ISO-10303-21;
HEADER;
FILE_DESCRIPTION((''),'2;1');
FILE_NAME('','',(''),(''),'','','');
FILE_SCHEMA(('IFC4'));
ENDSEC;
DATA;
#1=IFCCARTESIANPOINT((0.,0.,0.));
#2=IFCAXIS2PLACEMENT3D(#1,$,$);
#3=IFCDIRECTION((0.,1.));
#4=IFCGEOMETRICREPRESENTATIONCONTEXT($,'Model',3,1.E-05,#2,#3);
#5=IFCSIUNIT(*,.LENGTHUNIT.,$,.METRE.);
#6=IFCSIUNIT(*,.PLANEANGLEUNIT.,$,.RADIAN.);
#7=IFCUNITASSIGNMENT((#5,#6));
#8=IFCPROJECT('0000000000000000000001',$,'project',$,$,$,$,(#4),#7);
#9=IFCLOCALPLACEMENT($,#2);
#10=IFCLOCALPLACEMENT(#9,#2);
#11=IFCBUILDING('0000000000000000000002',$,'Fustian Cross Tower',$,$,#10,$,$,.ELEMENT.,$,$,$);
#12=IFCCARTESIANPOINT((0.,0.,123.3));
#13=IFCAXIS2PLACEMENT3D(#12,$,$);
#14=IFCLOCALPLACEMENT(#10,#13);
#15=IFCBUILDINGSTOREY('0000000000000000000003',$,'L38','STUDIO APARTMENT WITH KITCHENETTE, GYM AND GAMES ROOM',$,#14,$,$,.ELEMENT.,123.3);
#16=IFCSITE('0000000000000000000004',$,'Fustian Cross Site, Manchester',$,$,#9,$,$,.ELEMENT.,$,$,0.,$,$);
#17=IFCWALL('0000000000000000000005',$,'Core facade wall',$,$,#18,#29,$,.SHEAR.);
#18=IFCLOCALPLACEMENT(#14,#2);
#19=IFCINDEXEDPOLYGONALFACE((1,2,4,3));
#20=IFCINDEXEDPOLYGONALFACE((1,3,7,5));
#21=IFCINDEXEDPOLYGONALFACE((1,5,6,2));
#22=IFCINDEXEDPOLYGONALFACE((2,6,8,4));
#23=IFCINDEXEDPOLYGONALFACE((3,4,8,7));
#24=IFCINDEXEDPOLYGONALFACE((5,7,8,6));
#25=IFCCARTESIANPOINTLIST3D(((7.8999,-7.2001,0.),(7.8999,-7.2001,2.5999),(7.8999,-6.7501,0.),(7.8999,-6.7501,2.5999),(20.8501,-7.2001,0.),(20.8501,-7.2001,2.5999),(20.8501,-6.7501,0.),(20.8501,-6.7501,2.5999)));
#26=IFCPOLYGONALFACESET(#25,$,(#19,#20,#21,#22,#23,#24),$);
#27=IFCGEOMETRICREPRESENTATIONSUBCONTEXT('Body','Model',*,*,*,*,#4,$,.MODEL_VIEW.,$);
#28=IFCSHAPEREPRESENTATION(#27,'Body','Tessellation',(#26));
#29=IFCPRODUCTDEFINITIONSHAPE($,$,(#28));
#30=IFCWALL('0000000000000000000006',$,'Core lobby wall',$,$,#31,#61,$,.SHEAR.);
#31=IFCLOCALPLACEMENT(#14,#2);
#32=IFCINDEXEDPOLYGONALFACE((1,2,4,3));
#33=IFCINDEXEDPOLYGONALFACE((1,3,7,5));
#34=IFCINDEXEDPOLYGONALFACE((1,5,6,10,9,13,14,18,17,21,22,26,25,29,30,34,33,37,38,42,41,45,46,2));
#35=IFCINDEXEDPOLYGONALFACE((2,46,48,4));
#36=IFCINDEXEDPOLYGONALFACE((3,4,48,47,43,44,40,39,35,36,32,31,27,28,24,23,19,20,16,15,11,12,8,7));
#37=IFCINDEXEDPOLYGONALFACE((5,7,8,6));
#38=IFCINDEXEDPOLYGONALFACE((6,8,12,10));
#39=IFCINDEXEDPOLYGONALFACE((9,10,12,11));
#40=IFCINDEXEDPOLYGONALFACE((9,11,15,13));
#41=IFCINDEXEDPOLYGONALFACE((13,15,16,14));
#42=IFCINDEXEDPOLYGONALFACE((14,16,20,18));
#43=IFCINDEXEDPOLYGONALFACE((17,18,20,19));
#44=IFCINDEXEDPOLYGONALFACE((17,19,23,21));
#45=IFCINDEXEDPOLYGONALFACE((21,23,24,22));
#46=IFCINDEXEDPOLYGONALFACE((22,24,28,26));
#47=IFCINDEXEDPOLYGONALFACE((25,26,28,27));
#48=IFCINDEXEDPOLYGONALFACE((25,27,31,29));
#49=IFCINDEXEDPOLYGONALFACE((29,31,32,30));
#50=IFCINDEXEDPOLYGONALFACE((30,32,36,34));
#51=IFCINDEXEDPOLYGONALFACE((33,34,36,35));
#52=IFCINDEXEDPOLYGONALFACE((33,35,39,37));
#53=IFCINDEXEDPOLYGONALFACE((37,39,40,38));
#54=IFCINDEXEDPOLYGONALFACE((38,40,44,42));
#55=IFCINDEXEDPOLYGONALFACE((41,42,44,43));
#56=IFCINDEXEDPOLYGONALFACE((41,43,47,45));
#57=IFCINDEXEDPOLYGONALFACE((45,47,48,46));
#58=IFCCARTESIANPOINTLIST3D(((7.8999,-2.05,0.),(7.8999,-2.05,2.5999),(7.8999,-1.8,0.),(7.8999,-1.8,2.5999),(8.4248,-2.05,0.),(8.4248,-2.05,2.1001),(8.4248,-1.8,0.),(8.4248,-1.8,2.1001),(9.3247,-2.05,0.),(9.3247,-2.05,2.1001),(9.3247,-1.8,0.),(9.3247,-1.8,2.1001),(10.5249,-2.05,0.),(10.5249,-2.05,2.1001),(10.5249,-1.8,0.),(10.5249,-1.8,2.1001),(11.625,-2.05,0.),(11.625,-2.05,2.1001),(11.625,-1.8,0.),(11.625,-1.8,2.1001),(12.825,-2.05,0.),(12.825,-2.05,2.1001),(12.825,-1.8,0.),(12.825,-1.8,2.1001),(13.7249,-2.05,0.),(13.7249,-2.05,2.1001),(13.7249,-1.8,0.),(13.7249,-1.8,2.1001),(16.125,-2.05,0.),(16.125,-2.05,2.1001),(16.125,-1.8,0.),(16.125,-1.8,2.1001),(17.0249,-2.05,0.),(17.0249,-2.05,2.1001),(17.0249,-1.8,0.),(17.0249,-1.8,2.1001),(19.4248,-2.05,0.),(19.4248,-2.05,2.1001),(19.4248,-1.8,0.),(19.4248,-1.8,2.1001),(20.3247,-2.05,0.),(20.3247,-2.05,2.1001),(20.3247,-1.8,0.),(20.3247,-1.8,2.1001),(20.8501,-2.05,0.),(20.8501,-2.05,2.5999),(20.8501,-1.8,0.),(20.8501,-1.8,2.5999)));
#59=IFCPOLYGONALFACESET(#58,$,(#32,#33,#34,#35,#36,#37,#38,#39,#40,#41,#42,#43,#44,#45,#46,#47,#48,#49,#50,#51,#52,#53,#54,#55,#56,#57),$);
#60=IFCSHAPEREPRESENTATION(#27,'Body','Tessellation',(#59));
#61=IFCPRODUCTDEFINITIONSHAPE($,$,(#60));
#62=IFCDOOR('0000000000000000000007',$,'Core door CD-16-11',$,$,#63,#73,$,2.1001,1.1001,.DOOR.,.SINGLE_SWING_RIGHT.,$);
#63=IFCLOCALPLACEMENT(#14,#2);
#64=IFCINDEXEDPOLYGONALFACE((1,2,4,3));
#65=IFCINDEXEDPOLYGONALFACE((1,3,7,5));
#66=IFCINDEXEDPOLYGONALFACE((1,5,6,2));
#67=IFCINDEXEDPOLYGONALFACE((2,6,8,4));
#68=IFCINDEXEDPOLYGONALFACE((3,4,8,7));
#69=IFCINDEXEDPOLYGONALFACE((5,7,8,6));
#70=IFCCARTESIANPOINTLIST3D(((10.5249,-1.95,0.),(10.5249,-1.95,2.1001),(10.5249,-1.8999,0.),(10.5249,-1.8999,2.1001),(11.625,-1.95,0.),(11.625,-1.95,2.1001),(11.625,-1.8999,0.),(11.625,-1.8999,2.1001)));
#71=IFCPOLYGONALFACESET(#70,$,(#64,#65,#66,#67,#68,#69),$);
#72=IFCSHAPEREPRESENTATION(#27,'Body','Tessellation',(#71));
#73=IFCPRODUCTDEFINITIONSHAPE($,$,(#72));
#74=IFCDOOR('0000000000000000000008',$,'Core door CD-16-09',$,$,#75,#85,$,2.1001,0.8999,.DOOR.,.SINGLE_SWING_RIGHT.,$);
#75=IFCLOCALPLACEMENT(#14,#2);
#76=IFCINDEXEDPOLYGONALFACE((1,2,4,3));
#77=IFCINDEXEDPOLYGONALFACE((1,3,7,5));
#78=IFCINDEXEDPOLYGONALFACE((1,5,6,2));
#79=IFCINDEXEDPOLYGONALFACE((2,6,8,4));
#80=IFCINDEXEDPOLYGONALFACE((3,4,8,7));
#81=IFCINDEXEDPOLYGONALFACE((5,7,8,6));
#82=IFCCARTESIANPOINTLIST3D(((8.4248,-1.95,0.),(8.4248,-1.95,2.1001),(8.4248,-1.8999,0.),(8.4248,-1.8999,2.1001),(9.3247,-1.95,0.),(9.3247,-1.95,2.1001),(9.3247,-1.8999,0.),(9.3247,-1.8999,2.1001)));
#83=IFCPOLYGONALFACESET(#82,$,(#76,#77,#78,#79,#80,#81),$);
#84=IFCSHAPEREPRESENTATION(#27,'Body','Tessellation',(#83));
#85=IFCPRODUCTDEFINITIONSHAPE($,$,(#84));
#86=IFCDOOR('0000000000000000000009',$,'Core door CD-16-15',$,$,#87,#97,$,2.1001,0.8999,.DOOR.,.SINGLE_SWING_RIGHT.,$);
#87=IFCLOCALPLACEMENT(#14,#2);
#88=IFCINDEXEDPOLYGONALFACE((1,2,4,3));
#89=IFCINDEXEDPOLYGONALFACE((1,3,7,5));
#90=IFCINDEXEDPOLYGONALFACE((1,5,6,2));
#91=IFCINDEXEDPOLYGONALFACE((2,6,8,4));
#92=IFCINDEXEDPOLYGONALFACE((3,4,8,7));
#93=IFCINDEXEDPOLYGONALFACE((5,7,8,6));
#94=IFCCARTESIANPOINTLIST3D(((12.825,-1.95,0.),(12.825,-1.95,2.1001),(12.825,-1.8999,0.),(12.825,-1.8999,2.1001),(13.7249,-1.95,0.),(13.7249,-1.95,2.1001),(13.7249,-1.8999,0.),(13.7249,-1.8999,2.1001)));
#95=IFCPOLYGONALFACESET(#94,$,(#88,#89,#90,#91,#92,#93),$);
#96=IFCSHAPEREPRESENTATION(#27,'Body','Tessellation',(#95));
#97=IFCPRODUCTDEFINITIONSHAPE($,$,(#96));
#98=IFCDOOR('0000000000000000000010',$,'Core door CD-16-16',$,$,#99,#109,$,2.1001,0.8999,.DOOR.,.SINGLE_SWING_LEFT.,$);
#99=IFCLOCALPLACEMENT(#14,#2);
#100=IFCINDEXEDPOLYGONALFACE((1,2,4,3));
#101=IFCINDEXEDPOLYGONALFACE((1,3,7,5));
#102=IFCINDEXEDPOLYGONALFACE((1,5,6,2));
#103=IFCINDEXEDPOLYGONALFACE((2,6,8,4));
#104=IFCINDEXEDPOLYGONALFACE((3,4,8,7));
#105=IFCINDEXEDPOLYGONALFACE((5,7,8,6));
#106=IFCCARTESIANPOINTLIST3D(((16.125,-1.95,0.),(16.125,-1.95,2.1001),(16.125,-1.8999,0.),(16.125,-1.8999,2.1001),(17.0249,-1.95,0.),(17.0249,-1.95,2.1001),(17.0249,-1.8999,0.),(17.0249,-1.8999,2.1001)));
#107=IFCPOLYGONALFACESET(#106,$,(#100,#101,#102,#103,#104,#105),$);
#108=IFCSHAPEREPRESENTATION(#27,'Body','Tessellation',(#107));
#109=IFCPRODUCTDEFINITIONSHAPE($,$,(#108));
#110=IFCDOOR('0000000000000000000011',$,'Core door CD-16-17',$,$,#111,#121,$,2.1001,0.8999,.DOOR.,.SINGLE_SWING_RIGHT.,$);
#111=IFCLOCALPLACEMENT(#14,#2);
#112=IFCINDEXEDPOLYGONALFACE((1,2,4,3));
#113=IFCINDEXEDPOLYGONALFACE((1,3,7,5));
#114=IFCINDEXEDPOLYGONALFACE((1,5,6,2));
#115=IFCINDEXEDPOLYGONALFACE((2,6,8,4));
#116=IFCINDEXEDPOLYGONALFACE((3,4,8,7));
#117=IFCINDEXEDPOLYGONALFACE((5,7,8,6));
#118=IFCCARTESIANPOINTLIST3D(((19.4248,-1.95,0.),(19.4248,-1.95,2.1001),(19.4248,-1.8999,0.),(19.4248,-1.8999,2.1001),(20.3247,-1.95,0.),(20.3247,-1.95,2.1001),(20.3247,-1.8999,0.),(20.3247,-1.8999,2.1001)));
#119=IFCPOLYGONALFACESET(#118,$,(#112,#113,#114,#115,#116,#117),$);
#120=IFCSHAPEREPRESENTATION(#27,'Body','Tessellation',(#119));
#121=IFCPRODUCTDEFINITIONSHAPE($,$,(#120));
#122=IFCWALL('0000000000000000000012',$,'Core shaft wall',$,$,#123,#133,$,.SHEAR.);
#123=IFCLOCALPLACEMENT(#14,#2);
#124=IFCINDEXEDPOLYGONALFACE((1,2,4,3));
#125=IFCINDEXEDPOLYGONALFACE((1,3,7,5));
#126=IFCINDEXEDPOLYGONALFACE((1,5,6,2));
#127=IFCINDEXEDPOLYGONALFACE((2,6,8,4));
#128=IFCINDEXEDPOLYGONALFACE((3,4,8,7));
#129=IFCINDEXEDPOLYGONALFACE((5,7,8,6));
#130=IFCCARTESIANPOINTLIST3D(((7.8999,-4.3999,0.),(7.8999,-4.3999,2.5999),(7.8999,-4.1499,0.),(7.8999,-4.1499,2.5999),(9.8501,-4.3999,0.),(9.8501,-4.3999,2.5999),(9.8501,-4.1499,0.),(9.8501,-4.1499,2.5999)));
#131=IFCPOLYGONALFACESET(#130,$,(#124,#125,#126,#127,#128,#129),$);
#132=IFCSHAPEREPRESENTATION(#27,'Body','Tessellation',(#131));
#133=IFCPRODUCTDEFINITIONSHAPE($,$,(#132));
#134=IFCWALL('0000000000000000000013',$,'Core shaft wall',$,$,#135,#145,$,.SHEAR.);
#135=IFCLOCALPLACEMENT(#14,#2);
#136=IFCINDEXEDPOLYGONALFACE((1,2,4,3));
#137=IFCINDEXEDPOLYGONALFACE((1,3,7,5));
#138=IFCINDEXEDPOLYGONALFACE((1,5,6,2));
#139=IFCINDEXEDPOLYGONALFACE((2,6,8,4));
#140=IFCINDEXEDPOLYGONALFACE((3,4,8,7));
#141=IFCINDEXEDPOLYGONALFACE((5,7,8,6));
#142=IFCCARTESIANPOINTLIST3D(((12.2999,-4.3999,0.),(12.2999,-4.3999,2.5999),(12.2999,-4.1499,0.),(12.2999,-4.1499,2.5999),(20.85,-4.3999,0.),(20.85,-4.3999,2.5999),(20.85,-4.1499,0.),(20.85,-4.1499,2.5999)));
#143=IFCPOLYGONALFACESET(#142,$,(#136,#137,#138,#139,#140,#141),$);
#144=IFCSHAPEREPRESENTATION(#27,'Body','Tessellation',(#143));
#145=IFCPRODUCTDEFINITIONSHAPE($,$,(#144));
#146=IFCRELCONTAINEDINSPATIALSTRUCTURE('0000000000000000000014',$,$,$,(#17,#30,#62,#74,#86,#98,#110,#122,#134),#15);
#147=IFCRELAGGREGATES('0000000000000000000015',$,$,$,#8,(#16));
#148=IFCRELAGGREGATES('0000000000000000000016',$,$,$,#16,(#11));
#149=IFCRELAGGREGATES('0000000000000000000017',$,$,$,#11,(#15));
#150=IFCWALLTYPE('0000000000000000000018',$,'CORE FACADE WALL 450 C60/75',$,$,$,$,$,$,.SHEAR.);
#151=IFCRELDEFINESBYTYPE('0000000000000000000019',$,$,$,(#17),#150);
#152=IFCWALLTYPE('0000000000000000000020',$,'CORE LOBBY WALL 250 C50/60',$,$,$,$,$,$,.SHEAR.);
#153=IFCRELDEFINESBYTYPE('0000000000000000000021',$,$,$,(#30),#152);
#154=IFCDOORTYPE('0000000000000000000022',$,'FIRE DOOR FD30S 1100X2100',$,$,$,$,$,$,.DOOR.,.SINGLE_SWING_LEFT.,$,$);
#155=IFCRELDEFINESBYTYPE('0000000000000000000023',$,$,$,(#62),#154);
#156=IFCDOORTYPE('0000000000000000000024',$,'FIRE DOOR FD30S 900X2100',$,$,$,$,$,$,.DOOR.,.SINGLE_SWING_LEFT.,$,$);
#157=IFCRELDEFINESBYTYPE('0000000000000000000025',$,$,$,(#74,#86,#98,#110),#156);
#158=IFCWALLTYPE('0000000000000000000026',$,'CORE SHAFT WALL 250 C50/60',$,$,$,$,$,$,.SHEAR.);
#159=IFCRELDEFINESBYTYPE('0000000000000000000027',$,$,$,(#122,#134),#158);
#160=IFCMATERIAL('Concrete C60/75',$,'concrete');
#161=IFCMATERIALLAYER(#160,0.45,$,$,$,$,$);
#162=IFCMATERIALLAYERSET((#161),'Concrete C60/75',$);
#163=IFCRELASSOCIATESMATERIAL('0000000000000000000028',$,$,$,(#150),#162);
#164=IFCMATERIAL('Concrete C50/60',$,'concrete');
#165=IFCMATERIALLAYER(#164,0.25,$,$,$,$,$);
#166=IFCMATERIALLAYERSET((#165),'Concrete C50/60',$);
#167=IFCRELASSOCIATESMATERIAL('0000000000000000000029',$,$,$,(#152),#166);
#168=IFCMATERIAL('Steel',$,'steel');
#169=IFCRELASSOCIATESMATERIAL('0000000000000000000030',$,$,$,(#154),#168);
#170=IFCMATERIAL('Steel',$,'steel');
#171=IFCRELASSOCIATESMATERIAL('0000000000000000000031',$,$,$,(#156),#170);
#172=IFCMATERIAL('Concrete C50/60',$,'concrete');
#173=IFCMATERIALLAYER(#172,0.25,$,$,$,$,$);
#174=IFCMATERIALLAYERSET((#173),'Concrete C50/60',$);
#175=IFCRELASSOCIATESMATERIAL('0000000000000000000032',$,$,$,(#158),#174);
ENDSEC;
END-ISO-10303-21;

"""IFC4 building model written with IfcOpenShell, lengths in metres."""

from ifc_helpers import new_model, si_unit, direction, frame, frame_2d, origin, place, context, subcontext, project, spatial, rectangle, extrude, material, layer, layer_set, type_object, element, fill, save


model = new_model("IFC4")

# Units and contexts
model_context = context("Model", 3, precision=1e-05, world=origin(), true_north=direction((0.0, 1.0)))
body_context = subcontext(model_context, "Body", "Model", "MODEL_VIEW")
ifc_project = project(units=[si_unit("LENGTHUNIT", "METRE"), si_unit("PLANEANGLEUNIT", "RADIAN")], contexts=[model_context])

# Site, building, storey
site_placement = place(None, origin())
site = spatial("IfcSite", under=ifc_project, at=site_placement, Name="Fustian Cross Site, Manchester", CompositionType="ELEMENT", RefElevation=0.0)
building_placement = place(site_placement, origin())
building = spatial("IfcBuilding", under=site, at=building_placement, Name="Fustian Cross Tower", CompositionType="ELEMENT")
storey_placement = place(building_placement, frame((0.0, 0.0, 123.3)))
storey = spatial("IfcBuildingStorey", under=building, at=storey_placement, Name="L38", Description="STUDIO APARTMENT WITH KITCHENETTE, GYM AND GAMES ROOM", CompositionType="ELEMENT", Elevation=123.3)

# Wall
ifc_material_1 = material(Name="Concrete C60/75", Category="concrete")
ifc_layer_1 = layer(ifc_material_1, 0.45)
ifc_layer_set_1 = layer_set([ifc_layer_1], Name="Concrete C60/75")
wall_type_1 = type_object("IfcWallType", Name="CORE FACADE WALL 450 C60/75", PredefinedType="SHEAR", material=ifc_layer_set_1)
wall_1_placement = place(storey_placement, frame((7.8999, -6.9751, 0.0), z_axis=(0.0, 0.0, 1.0), x_axis=(1.0, 0.0, 0.0)))
element("IfcWall", 1, at=wall_1_placement, inside=storey, type_object=wall_type_1, Name="Core facade wall", PredefinedType="SHEAR", context=body_context, shape_type="SweptSolid", body=[
    extrude(rectangle(XDim=12.9502, YDim=0.45, at=frame_2d((6.4751, 0.0))), origin(), (0.0, 0.0, 1.0), 2.5999),
])

# Wall, openings, doors
ifc_material_2 = material(Name="Concrete C50/60", Category="concrete")
ifc_layer_2 = layer(ifc_material_2, 0.25)
ifc_layer_set_2 = layer_set([ifc_layer_2], Name="Concrete C50/60")
wall_type_2 = type_object("IfcWallType", Name="CORE LOBBY WALL 250 C50/60", PredefinedType="SHEAR", material=ifc_layer_set_2)
wall_2_placement = place(storey_placement, frame((7.8999, -1.925, 0.0), z_axis=(0.0, 0.0, 1.0), x_axis=(1.0, 0.0, 0.0)))
wall_2 = element("IfcWall", 2, at=wall_2_placement, inside=storey, type_object=wall_type_2, Name="Core lobby wall", PredefinedType="SHEAR", context=body_context, shape_type="SweptSolid", body=[
    extrude(rectangle(XDim=12.9502, YDim=0.25, at=frame_2d((6.4751, 0.0))), origin(), (0.0, 0.0, 1.0), 2.5999),
])
opening_1_placement = place(wall_2_placement, frame((0.5249, 0.0, 0.0)))
opening_1 = element("IfcOpeningElement", 3, at=opening_1_placement, cuts=wall_2, PredefinedType="OPENING", context=body_context, shape_type="SweptSolid", body=[
    extrude(rectangle(XDim=0.8999, YDim=2.1001, at=frame_2d((0.45, 1.05))), frame((0.0, 0.135, 0.0), z_axis=(0.0, -1.0, 0.0), x_axis=(1.0, 0.0, 0.0)), (0.0, 0.0, 1.0), 0.27),
])
opening_2_placement = place(wall_2_placement, frame((2.625, 0.0, 0.0)))
opening_2 = element("IfcOpeningElement", 4, at=opening_2_placement, cuts=wall_2, PredefinedType="OPENING", context=body_context, shape_type="SweptSolid", body=[
    extrude(rectangle(XDim=1.1001, YDim=2.1001, at=frame_2d((0.55, 1.05))), frame((0.0, 0.135, 0.0), z_axis=(0.0, -1.0, 0.0), x_axis=(1.0, 0.0, 0.0)), (0.0, 0.0, 1.0), 0.27),
])
opening_3_placement = place(wall_2_placement, frame((4.925, 0.0, 0.0)))
opening_3 = element("IfcOpeningElement", 5, at=opening_3_placement, cuts=wall_2, PredefinedType="OPENING", context=body_context, shape_type="SweptSolid", body=[
    extrude(rectangle(XDim=0.8999, YDim=2.1001, at=frame_2d((0.45, 1.05))), frame((0.0, 0.135, 0.0), z_axis=(0.0, -1.0, 0.0), x_axis=(1.0, 0.0, 0.0)), (0.0, 0.0, 1.0), 0.27),
])
opening_4_placement = place(wall_2_placement, frame((8.2251, 0.0, 0.0)))
opening_4 = element("IfcOpeningElement", 6, at=opening_4_placement, cuts=wall_2, PredefinedType="OPENING", context=body_context, shape_type="SweptSolid", body=[
    extrude(rectangle(XDim=0.8999, YDim=2.1001, at=frame_2d((0.45, 1.05))), frame((0.0, 0.135, 0.0), z_axis=(0.0, -1.0, 0.0), x_axis=(1.0, 0.0, 0.0)), (0.0, 0.0, 1.0), 0.27),
])
opening_5_placement = place(wall_2_placement, frame((11.5249, 0.0, 0.0)))
opening_5 = element("IfcOpeningElement", 7, at=opening_5_placement, cuts=wall_2, PredefinedType="OPENING", context=body_context, shape_type="SweptSolid", body=[
    extrude(rectangle(XDim=0.8999, YDim=2.1001, at=frame_2d((0.45, 1.05))), frame((0.0, 0.135, 0.0), z_axis=(0.0, -1.0, 0.0), x_axis=(1.0, 0.0, 0.0)), (0.0, 0.0, 1.0), 0.27),
])
ifc_material_3 = material(Name="Steel", Category="steel")
door_type_1 = type_object("IfcDoorType", Name="FIRE DOOR FD30S 1100X2100", OperationType="SINGLE_SWING_LEFT", PredefinedType="DOOR", material=ifc_material_3)
door_1_placement = place(opening_2_placement, frame((1.1001, 0.0, 0.0), z_axis=(0.0, 0.0, 1.0), x_axis=(-1.0, 0.0, 0.0)))
door_1 = element("IfcDoor", 8, at=door_1_placement, inside=storey, type_object=door_type_1, Name="Core door CD-16-11", OperationType="SINGLE_SWING_RIGHT", OverallHeight=2.1001, OverallWidth=1.1001, PredefinedType="DOOR", context=body_context, shape_type="SweptSolid", body=[
    extrude(rectangle(XDim=1.1001, YDim=2.1001, at=frame_2d((0.55, 1.05))), frame((0.0, 0.0249, 0.0), z_axis=(0.0, -1.0, 0.0), x_axis=(1.0, 0.0, 0.0)), (0.0, 0.0, 1.0), 0.05),
])
fill(opening_2, door_1)
ifc_material_4 = material(Name="Steel", Category="steel")
door_type_2 = type_object("IfcDoorType", Name="FIRE DOOR FD30S 900X2100", OperationType="SINGLE_SWING_LEFT", PredefinedType="DOOR", material=ifc_material_4)
door_2_placement = place(opening_1_placement, frame((0.8999, 0.0, 0.0), z_axis=(0.0, 0.0, 1.0), x_axis=(-1.0, 0.0, 0.0)))
door_2 = element("IfcDoor", 9, at=door_2_placement, inside=storey, type_object=door_type_2, Name="Core door CD-16-09", OperationType="SINGLE_SWING_RIGHT", OverallHeight=2.1001, OverallWidth=0.8999, PredefinedType="DOOR", context=body_context, shape_type="SweptSolid", body=[
    extrude(rectangle(XDim=0.8999, YDim=2.1001, at=frame_2d((0.45, 1.05))), frame((0.0, 0.0249, 0.0), z_axis=(0.0, -1.0, 0.0), x_axis=(1.0, 0.0, 0.0)), (0.0, 0.0, 1.0), 0.05),
])
fill(opening_1, door_2)
door_3_placement = place(opening_3_placement, frame((0.8999, 0.0, 0.0), z_axis=(0.0, 0.0, 1.0), x_axis=(-1.0, 0.0, 0.0)))
door_3 = element("IfcDoor", 10, at=door_3_placement, inside=storey, type_object=door_type_2, Name="Core door CD-16-15", OperationType="SINGLE_SWING_RIGHT", OverallHeight=2.1001, OverallWidth=0.8999, PredefinedType="DOOR", context=body_context, shape_type="SweptSolid", body=[
    extrude(rectangle(XDim=0.8999, YDim=2.1001, at=frame_2d((0.45, 1.05))), frame((0.0, 0.0249, 0.0), z_axis=(0.0, -1.0, 0.0), x_axis=(1.0, 0.0, 0.0)), (0.0, 0.0, 1.0), 0.05),
])
fill(opening_3, door_3)
door_4_placement = place(opening_4_placement, frame((0.8999, 0.0, 0.0), z_axis=(0.0, 0.0, 1.0), x_axis=(-1.0, 0.0, 0.0)))
door_4 = element("IfcDoor", 11, at=door_4_placement, inside=storey, type_object=door_type_2, Name="Core door CD-16-16", OperationType="SINGLE_SWING_LEFT", OverallHeight=2.1001, OverallWidth=0.8999, PredefinedType="DOOR", context=body_context, shape_type="SweptSolid", body=[
    extrude(rectangle(XDim=0.8999, YDim=2.1001, at=frame_2d((0.45, 1.05))), frame((0.0, 0.0249, 0.0), z_axis=(0.0, -1.0, 0.0), x_axis=(1.0, 0.0, 0.0)), (0.0, 0.0, 1.0), 0.05),
])
fill(opening_4, door_4)
door_5_placement = place(opening_5_placement, frame((0.8999, 0.0, 0.0), z_axis=(0.0, 0.0, 1.0), x_axis=(-1.0, 0.0, 0.0)))
door_5 = element("IfcDoor", 12, at=door_5_placement, inside=storey, type_object=door_type_2, Name="Core door CD-16-17", OperationType="SINGLE_SWING_RIGHT", OverallHeight=2.1001, OverallWidth=0.8999, PredefinedType="DOOR", context=body_context, shape_type="SweptSolid", body=[
    extrude(rectangle(XDim=0.8999, YDim=2.1001, at=frame_2d((0.45, 1.05))), frame((0.0, 0.0249, 0.0), z_axis=(0.0, -1.0, 0.0), x_axis=(1.0, 0.0, 0.0)), (0.0, 0.0, 1.0), 0.05),
])
fill(opening_5, door_5)

# Walls
ifc_material_5 = material(Name="Concrete C50/60", Category="concrete")
ifc_layer_3 = layer(ifc_material_5, 0.25)
ifc_layer_set_3 = layer_set([ifc_layer_3], Name="Concrete C50/60")
wall_type_3 = type_object("IfcWallType", Name="CORE SHAFT WALL 250 C50/60", PredefinedType="SHEAR", material=ifc_layer_set_3)
wall_3_placement = place(storey_placement, frame((7.8999, -4.2749, 0.0), z_axis=(0.0, 0.0, 1.0), x_axis=(1.0, 0.0, 0.0)))
element("IfcWall", 13, at=wall_3_placement, inside=storey, type_object=wall_type_3, Name="Core shaft wall", PredefinedType="SHEAR", context=body_context, shape_type="SweptSolid", body=[
    extrude(rectangle(XDim=1.9502, YDim=0.25, at=frame_2d((0.9751, 0.0))), origin(), (0.0, 0.0, 1.0), 2.5999),
])
wall_4_placement = place(storey_placement, frame((12.3, -4.2749, 0.0), z_axis=(0.0, 0.0, 1.0), x_axis=(1.0, 0.0, 0.0)))
element("IfcWall", 14, at=wall_4_placement, inside=storey, type_object=wall_type_3, Name="Core shaft wall", PredefinedType="SHEAR", context=body_context, shape_type="SweptSolid", body=[
    extrude(rectangle(XDim=8.55, YDim=0.25, at=frame_2d((4.2749, 0.0))), origin(), (0.0, 0.0, 1.0), 2.5999),
])

save(model, "model.ifc")
